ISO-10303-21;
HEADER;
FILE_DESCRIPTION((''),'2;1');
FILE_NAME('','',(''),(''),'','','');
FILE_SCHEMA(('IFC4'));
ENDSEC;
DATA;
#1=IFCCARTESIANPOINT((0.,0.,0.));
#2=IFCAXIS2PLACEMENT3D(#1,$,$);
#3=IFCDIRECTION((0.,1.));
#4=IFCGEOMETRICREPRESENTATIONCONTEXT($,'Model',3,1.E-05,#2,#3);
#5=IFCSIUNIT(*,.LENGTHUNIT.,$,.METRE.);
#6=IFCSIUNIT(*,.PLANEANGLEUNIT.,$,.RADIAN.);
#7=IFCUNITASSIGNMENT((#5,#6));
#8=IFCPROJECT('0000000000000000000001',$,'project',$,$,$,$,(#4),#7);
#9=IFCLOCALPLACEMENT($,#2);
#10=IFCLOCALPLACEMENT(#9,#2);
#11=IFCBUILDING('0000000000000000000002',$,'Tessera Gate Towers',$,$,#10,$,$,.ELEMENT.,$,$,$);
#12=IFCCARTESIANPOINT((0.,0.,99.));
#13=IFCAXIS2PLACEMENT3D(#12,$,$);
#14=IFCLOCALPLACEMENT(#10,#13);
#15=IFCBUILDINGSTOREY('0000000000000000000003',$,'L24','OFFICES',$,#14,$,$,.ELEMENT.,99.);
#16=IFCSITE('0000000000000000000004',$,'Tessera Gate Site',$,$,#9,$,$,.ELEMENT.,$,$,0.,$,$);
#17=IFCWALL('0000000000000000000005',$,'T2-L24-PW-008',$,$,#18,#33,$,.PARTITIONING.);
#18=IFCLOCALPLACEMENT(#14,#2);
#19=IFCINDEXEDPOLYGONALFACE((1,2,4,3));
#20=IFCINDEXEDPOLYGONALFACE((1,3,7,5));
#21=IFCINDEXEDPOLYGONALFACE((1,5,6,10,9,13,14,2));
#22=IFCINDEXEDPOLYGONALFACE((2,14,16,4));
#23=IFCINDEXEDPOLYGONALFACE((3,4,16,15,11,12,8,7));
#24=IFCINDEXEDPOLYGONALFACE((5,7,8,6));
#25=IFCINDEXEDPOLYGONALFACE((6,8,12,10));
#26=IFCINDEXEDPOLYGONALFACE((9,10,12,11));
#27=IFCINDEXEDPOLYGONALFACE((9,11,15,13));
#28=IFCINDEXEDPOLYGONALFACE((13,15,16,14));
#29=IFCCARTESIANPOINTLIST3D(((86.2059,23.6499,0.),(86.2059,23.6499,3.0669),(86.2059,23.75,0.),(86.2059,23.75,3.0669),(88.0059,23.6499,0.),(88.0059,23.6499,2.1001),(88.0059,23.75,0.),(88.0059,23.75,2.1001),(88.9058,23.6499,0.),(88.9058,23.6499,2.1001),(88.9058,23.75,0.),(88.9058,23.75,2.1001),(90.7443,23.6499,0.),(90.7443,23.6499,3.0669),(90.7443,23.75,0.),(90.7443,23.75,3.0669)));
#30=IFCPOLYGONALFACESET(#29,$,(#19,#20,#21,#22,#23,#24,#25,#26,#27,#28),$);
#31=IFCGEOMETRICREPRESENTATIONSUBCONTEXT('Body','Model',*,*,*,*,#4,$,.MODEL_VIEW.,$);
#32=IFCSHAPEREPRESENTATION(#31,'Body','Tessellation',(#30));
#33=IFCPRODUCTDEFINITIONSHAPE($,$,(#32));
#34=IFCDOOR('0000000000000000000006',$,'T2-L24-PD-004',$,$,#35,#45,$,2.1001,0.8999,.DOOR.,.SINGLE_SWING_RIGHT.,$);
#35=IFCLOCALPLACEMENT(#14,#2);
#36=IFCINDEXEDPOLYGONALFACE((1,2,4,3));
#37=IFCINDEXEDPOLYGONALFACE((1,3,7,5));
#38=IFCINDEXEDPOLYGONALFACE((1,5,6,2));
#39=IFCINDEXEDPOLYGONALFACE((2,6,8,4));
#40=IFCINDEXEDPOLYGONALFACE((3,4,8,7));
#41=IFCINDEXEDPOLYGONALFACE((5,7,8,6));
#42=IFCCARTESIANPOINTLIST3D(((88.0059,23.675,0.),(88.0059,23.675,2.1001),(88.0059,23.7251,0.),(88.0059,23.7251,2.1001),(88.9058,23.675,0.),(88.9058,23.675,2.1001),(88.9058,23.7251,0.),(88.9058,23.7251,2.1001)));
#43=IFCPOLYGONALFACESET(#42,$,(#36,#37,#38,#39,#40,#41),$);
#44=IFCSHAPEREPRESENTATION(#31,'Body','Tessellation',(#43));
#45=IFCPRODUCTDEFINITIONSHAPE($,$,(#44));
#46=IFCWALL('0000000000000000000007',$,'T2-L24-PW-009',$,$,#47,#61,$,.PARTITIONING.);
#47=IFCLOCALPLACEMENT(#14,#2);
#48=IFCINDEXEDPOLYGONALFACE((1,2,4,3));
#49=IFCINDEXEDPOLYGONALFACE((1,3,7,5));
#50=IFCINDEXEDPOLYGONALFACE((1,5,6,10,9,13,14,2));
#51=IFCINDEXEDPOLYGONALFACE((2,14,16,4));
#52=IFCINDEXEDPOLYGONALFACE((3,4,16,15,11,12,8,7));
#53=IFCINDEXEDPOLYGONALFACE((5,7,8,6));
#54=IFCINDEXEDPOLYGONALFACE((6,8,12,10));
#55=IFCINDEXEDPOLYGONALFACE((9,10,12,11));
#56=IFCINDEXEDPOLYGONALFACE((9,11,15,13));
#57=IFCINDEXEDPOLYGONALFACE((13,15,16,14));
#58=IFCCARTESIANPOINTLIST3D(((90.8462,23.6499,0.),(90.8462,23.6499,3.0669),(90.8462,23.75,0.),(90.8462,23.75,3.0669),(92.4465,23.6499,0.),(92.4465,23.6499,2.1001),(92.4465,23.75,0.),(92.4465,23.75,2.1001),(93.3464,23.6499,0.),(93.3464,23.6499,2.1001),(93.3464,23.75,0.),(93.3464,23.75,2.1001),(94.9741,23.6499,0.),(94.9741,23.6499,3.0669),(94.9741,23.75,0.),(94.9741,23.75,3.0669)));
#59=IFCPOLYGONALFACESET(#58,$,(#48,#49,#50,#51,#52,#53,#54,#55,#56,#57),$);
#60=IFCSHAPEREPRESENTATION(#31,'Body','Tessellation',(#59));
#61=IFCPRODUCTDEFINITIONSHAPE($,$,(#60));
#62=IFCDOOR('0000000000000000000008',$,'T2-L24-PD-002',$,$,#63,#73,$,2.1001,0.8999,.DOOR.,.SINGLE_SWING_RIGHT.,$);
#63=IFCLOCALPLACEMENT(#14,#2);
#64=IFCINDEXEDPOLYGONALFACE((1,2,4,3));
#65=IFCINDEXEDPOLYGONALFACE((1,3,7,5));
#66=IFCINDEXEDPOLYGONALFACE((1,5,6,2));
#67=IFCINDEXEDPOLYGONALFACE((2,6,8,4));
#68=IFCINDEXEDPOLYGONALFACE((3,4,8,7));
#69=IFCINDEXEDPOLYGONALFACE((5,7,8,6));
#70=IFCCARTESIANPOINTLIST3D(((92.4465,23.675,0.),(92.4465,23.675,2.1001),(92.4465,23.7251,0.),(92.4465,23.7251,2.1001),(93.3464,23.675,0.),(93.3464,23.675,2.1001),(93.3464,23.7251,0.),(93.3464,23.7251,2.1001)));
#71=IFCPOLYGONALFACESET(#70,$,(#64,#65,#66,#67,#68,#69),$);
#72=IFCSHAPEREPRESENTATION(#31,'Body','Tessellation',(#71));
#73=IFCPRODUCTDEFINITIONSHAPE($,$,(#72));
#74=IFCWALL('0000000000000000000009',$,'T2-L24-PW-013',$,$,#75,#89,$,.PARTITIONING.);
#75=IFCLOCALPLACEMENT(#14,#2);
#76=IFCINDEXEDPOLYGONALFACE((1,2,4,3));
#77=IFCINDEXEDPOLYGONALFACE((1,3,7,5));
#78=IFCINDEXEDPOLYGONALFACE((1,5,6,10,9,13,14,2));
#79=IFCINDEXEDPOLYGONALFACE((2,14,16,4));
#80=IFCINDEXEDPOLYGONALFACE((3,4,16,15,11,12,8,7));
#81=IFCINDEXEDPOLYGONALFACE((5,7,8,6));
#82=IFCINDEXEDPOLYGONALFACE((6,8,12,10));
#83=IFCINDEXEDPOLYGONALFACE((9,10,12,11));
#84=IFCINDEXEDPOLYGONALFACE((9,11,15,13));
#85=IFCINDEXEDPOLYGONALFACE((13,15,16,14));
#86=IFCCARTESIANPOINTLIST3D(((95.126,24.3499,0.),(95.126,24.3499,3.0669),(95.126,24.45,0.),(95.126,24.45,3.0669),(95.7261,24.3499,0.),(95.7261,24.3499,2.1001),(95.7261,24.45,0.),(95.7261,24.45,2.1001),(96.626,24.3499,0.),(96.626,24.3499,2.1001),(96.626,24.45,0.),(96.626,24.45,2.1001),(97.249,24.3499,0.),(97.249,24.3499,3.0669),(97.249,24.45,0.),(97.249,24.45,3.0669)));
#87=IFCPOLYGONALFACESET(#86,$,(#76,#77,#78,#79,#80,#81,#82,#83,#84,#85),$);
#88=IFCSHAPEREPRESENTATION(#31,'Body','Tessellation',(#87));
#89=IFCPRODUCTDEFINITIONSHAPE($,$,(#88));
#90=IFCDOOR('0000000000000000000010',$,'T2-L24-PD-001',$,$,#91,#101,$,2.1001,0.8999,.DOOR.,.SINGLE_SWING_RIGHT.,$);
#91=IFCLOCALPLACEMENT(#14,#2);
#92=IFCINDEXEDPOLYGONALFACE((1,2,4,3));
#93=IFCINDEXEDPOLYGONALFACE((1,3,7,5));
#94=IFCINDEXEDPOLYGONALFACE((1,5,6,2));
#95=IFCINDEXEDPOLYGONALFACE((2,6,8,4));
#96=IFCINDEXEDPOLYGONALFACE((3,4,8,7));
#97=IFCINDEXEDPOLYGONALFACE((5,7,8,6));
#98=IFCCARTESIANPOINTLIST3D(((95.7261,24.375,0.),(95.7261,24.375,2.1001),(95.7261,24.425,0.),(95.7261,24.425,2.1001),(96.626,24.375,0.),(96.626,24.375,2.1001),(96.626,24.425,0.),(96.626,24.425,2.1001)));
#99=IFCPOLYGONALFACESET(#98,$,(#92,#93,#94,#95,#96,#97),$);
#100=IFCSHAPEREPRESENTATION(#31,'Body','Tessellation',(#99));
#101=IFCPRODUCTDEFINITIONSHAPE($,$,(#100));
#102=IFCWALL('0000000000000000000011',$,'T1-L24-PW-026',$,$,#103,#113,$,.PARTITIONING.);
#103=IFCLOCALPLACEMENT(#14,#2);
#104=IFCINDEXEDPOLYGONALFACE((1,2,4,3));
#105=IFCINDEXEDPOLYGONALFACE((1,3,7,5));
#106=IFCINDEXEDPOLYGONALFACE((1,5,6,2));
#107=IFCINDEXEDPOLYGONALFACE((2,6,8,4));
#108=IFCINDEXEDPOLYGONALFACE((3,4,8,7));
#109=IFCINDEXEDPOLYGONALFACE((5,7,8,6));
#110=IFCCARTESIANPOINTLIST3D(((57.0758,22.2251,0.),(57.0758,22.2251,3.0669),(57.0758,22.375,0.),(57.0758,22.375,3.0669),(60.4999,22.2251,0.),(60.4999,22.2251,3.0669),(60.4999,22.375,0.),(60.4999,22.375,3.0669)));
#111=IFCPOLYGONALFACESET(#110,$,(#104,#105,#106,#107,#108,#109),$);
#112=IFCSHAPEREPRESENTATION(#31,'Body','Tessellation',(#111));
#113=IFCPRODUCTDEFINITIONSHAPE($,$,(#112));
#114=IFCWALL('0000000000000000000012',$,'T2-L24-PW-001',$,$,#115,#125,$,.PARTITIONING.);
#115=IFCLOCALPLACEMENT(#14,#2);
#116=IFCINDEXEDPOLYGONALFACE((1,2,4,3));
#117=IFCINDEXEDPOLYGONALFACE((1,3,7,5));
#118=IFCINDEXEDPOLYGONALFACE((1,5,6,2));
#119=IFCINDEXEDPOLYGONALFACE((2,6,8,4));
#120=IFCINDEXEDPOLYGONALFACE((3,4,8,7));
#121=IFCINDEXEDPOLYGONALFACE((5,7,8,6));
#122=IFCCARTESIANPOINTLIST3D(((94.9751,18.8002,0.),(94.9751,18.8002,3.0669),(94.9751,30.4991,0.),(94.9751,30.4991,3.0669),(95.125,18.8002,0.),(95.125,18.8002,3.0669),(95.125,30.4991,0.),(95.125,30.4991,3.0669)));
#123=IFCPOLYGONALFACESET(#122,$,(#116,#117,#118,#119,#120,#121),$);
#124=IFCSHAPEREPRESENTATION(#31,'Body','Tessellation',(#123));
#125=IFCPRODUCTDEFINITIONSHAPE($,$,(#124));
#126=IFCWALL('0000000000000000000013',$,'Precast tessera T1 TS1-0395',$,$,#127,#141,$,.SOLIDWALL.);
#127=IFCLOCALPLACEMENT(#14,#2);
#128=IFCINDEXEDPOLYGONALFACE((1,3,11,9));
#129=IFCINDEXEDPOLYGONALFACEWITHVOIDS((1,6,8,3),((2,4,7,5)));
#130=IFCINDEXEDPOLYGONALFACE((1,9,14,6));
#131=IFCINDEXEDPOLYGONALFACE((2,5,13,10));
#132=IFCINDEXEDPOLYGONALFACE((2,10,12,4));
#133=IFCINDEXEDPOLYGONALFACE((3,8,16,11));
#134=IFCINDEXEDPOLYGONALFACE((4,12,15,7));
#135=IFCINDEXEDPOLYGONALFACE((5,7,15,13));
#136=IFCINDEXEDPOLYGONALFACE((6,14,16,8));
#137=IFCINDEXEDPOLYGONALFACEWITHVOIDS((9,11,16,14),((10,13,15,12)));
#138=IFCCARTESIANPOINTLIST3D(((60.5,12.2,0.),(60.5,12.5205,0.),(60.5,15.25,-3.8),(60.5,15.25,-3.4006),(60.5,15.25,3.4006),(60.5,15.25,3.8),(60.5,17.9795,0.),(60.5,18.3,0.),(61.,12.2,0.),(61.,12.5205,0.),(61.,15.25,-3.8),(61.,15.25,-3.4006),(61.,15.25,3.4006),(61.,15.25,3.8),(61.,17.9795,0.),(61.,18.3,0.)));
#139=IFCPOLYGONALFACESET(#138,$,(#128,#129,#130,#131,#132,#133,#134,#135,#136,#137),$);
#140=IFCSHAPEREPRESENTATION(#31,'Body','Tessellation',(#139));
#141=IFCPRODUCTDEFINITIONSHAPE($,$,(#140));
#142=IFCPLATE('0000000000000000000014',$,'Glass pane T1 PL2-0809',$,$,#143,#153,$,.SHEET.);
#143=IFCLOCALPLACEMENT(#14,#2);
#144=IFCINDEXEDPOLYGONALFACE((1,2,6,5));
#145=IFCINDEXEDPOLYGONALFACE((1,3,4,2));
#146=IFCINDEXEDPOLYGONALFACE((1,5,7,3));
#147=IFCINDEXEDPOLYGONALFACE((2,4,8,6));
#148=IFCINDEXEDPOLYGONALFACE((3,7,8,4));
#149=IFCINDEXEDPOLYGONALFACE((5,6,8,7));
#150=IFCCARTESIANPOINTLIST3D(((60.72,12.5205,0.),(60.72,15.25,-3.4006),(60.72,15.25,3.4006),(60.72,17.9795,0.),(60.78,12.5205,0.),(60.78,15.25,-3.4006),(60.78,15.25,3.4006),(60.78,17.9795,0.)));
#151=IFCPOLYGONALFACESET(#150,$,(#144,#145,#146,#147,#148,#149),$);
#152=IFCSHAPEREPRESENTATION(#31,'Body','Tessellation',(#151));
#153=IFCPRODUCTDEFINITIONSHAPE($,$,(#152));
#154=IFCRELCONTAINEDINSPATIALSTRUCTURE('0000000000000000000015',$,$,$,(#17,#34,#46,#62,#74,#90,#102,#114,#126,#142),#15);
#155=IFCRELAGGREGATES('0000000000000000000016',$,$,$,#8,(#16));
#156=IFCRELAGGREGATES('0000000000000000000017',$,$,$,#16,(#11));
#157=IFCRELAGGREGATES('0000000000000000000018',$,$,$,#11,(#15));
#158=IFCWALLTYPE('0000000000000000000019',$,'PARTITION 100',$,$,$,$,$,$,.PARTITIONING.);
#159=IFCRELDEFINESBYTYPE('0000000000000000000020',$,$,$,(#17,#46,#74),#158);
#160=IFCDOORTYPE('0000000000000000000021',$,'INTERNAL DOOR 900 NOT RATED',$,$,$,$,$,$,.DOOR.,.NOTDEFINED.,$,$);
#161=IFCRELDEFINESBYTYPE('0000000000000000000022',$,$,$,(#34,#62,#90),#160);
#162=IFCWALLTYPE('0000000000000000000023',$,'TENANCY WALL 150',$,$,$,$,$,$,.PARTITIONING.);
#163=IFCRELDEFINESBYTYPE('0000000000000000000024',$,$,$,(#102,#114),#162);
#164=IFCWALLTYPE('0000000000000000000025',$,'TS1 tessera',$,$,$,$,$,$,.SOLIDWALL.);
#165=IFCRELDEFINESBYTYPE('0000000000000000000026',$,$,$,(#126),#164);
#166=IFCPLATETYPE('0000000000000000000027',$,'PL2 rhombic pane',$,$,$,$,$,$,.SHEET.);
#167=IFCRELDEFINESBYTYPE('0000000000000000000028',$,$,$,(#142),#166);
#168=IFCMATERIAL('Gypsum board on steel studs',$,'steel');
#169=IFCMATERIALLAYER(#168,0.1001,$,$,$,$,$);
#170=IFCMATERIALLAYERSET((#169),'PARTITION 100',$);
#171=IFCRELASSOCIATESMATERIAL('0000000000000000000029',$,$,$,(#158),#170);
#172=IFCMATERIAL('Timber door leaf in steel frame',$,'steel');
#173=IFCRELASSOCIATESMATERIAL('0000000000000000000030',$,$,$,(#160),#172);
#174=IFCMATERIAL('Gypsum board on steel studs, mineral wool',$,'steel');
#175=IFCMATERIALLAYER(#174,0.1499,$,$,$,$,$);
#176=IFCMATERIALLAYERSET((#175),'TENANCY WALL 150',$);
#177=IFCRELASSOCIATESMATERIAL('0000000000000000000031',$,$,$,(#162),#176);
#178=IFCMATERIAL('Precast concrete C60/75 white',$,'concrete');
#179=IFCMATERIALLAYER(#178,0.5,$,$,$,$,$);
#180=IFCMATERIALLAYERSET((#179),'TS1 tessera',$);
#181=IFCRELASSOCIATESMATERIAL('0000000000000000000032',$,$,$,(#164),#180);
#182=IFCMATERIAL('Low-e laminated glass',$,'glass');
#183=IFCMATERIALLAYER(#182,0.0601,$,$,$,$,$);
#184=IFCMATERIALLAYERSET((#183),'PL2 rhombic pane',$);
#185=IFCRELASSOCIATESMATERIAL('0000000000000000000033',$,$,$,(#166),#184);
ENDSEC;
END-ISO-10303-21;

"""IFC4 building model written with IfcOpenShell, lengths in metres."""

from ifc_helpers import new_model, si_unit, direction, frame, frame_2d, origin, place, context, subcontext, project, spatial, polyline, rectangle, outline, extrude, source, transform, mapped, material, layer, layer_set, type_object, element, fill, save


model = new_model("IFC4")

# Units and contexts
model_context = context("Model", 3, precision=1e-05, world=origin(), true_north=direction((0.0, 1.0)))
body_context = subcontext(model_context, "Body", "Model", "MODEL_VIEW")
ifc_project = project(units=[si_unit("LENGTHUNIT", "METRE"), si_unit("PLANEANGLEUNIT", "RADIAN")], contexts=[model_context])

# Site, building, storey
site_placement = place(None, origin())
site = spatial("IfcSite", under=ifc_project, at=site_placement, Name="Tessera Gate Site", CompositionType="ELEMENT", RefElevation=0.0)
building_placement = place(site_placement, origin())
building = spatial("IfcBuilding", under=site, at=building_placement, Name="Tessera Gate Towers", CompositionType="ELEMENT")
storey_placement = place(building_placement, frame((0.0, 0.0, 99.0)))
storey = spatial("IfcBuildingStorey", under=building, at=storey_placement, Name="L24", Description="OFFICES", CompositionType="ELEMENT", Elevation=99.0)

# Shared definitions
ifc_material_1 = material(Name="Gypsum board on steel studs", Category="steel")
ifc_layer_1 = layer(ifc_material_1, 0.1001)
ifc_layer_set_1 = layer_set([ifc_layer_1], Name="PARTITION 100")
wall_type_1 = type_object("IfcWallType", Name="PARTITION 100", PredefinedType="PARTITIONING", material=ifc_layer_set_1)
shared_shape_1 = source(origin(), body_context, "Body", "SweptSolid", [
    extrude(rectangle(XDim=0.8999, YDim=2.1001, at=frame_2d((0.45, 1.05))), frame((0.0, 0.0601, 0.0), z_axis=(0.0, -1.0, 0.0), x_axis=(1.0, 0.0, 0.0)), (0.0, 0.0, 1.0), 0.1201),
])
ifc_material_2 = material(Name="Timber door leaf in steel frame", Category="steel")
door_type_1 = type_object("IfcDoorType", Name="INTERNAL DOOR 900 NOT RATED", OperationType="NOTDEFINED", PredefinedType="DOOR", material=ifc_material_2)
shared_shape_2 = source(origin(), body_context, "Body", "SweptSolid", [
    extrude(rectangle(XDim=0.8999, YDim=2.1001, at=frame_2d((0.45, 1.05))), frame((0.0, 0.0249, 0.0), z_axis=(0.0, -1.0, 0.0), x_axis=(1.0, 0.0, 0.0)), (0.0, 0.0, 1.0), 0.05),
])

# Walls, openings, doors
wall_1_placement = place(storey_placement, frame((90.7441, 23.7, 0.0), z_axis=(0.0, 0.0, 1.0), x_axis=(-1.0, 0.0, 0.0)))
wall_1 = element("IfcWall", 1, at=wall_1_placement, inside=storey, type_object=wall_type_1, Name="T2-L24-PW-008", PredefinedType="PARTITIONING", context=body_context, shape_type="SweptSolid", body=[
    extrude(rectangle(XDim=4.5383, YDim=0.1001, at=frame_2d((2.269, 0.0))), origin(), (0.0, 0.0, 1.0), 3.0669),
])
opening_1_placement = place(wall_1_placement, frame((1.8384, 0.0, 0.0)))
opening_1 = element("IfcOpeningElement", 2, at=opening_1_placement, cuts=wall_1, PredefinedType="OPENING", context=body_context, shape_type="MappedRepresentation", body=[
    mapped(shared_shape_1, transform((0.0, 0.0, 0.0), scale=1.0)),
])
door_1_placement = place(opening_1_placement, origin())
door_1 = element("IfcDoor", 3, at=door_1_placement, inside=storey, type_object=door_type_1, Name="T2-L24-PD-004", OperationType="SINGLE_SWING_RIGHT", OverallHeight=2.1001, OverallWidth=0.8999, PredefinedType="DOOR", context=body_context, shape_type="MappedRepresentation", body=[
    mapped(shared_shape_2, transform((0.0, 0.0, 0.0), scale=1.0)),
])
fill(opening_1, door_1)
wall_2_placement = place(storey_placement, frame((94.9741, 23.7, 0.0), z_axis=(0.0, 0.0, 1.0), x_axis=(-1.0, 0.0, 0.0)))
wall_2 = element("IfcWall", 4, at=wall_2_placement, inside=storey, type_object=wall_type_1, Name="T2-L24-PW-009", PredefinedType="PARTITIONING", context=body_context, shape_type="SweptSolid", body=[
    extrude(rectangle(XDim=4.1279, YDim=0.1001, at=frame_2d((2.064, 0.0))), origin(), (0.0, 0.0, 1.0), 3.0669),
])
opening_2_placement = place(wall_2_placement, frame((1.6277, 0.0, 0.0)))
opening_2 = element("IfcOpeningElement", 5, at=opening_2_placement, cuts=wall_2, PredefinedType="OPENING", context=body_context, shape_type="MappedRepresentation", body=[
    mapped(shared_shape_1, transform((0.0, 0.0, 0.0), scale=1.0)),
])
door_2_placement = place(opening_2_placement, origin())
door_2 = element("IfcDoor", 6, at=door_2_placement, inside=storey, type_object=door_type_1, Name="T2-L24-PD-002", OperationType="SINGLE_SWING_RIGHT", OverallHeight=2.1001, OverallWidth=0.8999, PredefinedType="DOOR", context=body_context, shape_type="MappedRepresentation", body=[
    mapped(shared_shape_2, transform((0.0, 0.0, 0.0), scale=1.0)),
])
fill(opening_2, door_2)
wall_3_placement = place(storey_placement, frame((97.249, 24.3999, 0.0), z_axis=(0.0, 0.0, 1.0), x_axis=(-1.0, 0.0, 0.0)))
wall_3 = element("IfcWall", 7, at=wall_3_placement, inside=storey, type_object=wall_type_1, Name="T2-L24-PW-013", PredefinedType="PARTITIONING", context=body_context, shape_type="SweptSolid", body=[
    extrude(rectangle(XDim=2.123, YDim=0.1001, at=frame_2d((1.0615, 0.0))), origin(), (0.0, 0.0, 1.0), 3.0669),
])
opening_3_placement = place(wall_3_placement, frame((0.623, 0.0, 0.0)))
opening_3 = element("IfcOpeningElement", 8, at=opening_3_placement, cuts=wall_3, PredefinedType="OPENING", context=body_context, shape_type="MappedRepresentation", body=[
    mapped(shared_shape_1, transform((0.0, 0.0, 0.0), scale=1.0)),
])
door_3_placement = place(opening_3_placement, origin())
door_3 = element("IfcDoor", 9, at=door_3_placement, inside=storey, type_object=door_type_1, Name="T2-L24-PD-001", OperationType="SINGLE_SWING_RIGHT", OverallHeight=2.1001, OverallWidth=0.8999, PredefinedType="DOOR", context=body_context, shape_type="MappedRepresentation", body=[
    mapped(shared_shape_2, transform((0.0, 0.0, 0.0), scale=1.0)),
])
fill(opening_3, door_3)

# Walls
ifc_material_3 = material(Name="Gypsum board on steel studs, mineral wool", Category="steel")
ifc_layer_2 = layer(ifc_material_3, 0.1499)
ifc_layer_set_2 = layer_set([ifc_layer_2], Name="TENANCY WALL 150")
wall_type_2 = type_object("IfcWallType", Name="TENANCY WALL 150", PredefinedType="PARTITIONING", material=ifc_layer_set_2)
wall_4_placement = place(storey_placement, frame((57.0759, 22.3, 0.0), z_axis=(0.0, 0.0, 1.0), x_axis=(1.0, 0.0, 0.0)))
element("IfcWall", 10, at=wall_4_placement, inside=storey, type_object=wall_type_2, Name="T1-L24-PW-026", PredefinedType="PARTITIONING", context=body_context, shape_type="SweptSolid", body=[
    extrude(rectangle(XDim=3.4241, YDim=0.1499, at=frame_2d((1.7119, 0.0))), origin(), (0.0, 0.0, 1.0), 3.0669),
])
wall_5_placement = place(storey_placement, frame((95.05, 18.8, 0.0), z_axis=(0.0, 0.0, 1.0), x_axis=(0.0, 1.0, 0.0)))
element("IfcWall", 11, at=wall_5_placement, inside=storey, type_object=wall_type_2, Name="T2-L24-PW-001", PredefinedType="PARTITIONING", context=body_context, shape_type="SweptSolid", body=[
    extrude(rectangle(XDim=11.699, YDim=0.1499, at=frame_2d((5.8496, 0.0))), origin(), (0.0, 0.0, 1.0), 3.0669),
])

# Wall, opening, plate
ifc_material_4 = material(Name="Precast concrete C60/75 white", Category="concrete")
ifc_layer_3 = layer(ifc_material_4, 0.5)
ifc_layer_set_3 = layer_set([ifc_layer_3], Name="TS1 tessera")
wall_type_3 = type_object("IfcWallType", Name="TS1 tessera", PredefinedType="SOLIDWALL", material=ifc_layer_set_3)
shared_shape_3 = source(origin(), body_context, "Body", "SweptSolid", [
    extrude(outline(polyline([(3.05, 0.0), (6.1001, 3.8), (3.05, 7.6001), (0.0, 3.8), (3.05, 0.0)])), frame((0.0, 0.25, 0.0), z_axis=(0.0, -1.0, 0.0), x_axis=(1.0, 0.0, 0.0)), (0.0, 0.0, 1.0), 0.5),
])
wall_6_placement = place(storey_placement, frame((60.75, 12.2, -3.8), z_axis=(0.0, 0.0, 1.0), x_axis=(0.0, 1.0, 0.0)))
wall_6 = element("IfcWall", 12, at=wall_6_placement, inside=storey, type_object=wall_type_3, Name="Precast tessera T1 TS1-0395", PredefinedType="SOLIDWALL", context=body_context, shape_type="MappedRepresentation", body=[
    mapped(shared_shape_3, transform((0.0, 0.0, 0.0), scale=1.0)),
])
shared_shape_4 = source(origin(), body_context, "Body", "SweptSolid", [
    extrude(outline(polyline([(3.05, 0.3994), (5.7795, 3.8), (3.05, 7.2007), (0.3206, 3.8), (3.05, 0.3994)])), frame((0.0, 0.26, 0.0), z_axis=(0.0, -1.0, 0.0), x_axis=(1.0, 0.0, 0.0)), (0.0, 0.0, 1.0), 0.52),
])
opening_4_placement = place(wall_6_placement, origin())
opening_4 = element("IfcOpeningElement", 13, at=opening_4_placement, cuts=wall_6, PredefinedType="OPENING", context=body_context, shape_type="MappedRepresentation", body=[
    mapped(shared_shape_4, transform((0.0, 0.0, 0.0), scale=1.0)),
])
ifc_material_5 = material(Name="Low-e laminated glass", Category="glass")
ifc_layer_4 = layer(ifc_material_5, 0.0601)
ifc_layer_set_4 = layer_set([ifc_layer_4], Name="PL2 rhombic pane")
plate_type = type_object("IfcPlateType", Name="PL2 rhombic pane", PredefinedType="SHEET", material=ifc_layer_set_4)
shared_shape_5 = source(origin(), body_context, "Body", "SweptSolid", [
    extrude(outline(polyline([(3.05, 0.3994), (5.7795, 3.8), (3.05, 7.2007), (0.3206, 3.8), (3.05, 0.3994)])), frame((0.0, 0.03, 0.0), z_axis=(0.0, -1.0, 0.0), x_axis=(1.0, 0.0, 0.0)), (0.0, 0.0, 1.0), 0.0601),
])
plate_1_placement = place(opening_4_placement, origin())
plate_1 = element("IfcPlate", 14, at=plate_1_placement, inside=storey, type_object=plate_type, Name="Glass pane T1 PL2-0809", PredefinedType="SHEET", context=body_context, shape_type="MappedRepresentation", body=[
    mapped(shared_shape_5, transform((0.0, 0.0, 0.0), scale=1.0)),
])
fill(opening_4, plate_1)

save(model, "model.ifc")
